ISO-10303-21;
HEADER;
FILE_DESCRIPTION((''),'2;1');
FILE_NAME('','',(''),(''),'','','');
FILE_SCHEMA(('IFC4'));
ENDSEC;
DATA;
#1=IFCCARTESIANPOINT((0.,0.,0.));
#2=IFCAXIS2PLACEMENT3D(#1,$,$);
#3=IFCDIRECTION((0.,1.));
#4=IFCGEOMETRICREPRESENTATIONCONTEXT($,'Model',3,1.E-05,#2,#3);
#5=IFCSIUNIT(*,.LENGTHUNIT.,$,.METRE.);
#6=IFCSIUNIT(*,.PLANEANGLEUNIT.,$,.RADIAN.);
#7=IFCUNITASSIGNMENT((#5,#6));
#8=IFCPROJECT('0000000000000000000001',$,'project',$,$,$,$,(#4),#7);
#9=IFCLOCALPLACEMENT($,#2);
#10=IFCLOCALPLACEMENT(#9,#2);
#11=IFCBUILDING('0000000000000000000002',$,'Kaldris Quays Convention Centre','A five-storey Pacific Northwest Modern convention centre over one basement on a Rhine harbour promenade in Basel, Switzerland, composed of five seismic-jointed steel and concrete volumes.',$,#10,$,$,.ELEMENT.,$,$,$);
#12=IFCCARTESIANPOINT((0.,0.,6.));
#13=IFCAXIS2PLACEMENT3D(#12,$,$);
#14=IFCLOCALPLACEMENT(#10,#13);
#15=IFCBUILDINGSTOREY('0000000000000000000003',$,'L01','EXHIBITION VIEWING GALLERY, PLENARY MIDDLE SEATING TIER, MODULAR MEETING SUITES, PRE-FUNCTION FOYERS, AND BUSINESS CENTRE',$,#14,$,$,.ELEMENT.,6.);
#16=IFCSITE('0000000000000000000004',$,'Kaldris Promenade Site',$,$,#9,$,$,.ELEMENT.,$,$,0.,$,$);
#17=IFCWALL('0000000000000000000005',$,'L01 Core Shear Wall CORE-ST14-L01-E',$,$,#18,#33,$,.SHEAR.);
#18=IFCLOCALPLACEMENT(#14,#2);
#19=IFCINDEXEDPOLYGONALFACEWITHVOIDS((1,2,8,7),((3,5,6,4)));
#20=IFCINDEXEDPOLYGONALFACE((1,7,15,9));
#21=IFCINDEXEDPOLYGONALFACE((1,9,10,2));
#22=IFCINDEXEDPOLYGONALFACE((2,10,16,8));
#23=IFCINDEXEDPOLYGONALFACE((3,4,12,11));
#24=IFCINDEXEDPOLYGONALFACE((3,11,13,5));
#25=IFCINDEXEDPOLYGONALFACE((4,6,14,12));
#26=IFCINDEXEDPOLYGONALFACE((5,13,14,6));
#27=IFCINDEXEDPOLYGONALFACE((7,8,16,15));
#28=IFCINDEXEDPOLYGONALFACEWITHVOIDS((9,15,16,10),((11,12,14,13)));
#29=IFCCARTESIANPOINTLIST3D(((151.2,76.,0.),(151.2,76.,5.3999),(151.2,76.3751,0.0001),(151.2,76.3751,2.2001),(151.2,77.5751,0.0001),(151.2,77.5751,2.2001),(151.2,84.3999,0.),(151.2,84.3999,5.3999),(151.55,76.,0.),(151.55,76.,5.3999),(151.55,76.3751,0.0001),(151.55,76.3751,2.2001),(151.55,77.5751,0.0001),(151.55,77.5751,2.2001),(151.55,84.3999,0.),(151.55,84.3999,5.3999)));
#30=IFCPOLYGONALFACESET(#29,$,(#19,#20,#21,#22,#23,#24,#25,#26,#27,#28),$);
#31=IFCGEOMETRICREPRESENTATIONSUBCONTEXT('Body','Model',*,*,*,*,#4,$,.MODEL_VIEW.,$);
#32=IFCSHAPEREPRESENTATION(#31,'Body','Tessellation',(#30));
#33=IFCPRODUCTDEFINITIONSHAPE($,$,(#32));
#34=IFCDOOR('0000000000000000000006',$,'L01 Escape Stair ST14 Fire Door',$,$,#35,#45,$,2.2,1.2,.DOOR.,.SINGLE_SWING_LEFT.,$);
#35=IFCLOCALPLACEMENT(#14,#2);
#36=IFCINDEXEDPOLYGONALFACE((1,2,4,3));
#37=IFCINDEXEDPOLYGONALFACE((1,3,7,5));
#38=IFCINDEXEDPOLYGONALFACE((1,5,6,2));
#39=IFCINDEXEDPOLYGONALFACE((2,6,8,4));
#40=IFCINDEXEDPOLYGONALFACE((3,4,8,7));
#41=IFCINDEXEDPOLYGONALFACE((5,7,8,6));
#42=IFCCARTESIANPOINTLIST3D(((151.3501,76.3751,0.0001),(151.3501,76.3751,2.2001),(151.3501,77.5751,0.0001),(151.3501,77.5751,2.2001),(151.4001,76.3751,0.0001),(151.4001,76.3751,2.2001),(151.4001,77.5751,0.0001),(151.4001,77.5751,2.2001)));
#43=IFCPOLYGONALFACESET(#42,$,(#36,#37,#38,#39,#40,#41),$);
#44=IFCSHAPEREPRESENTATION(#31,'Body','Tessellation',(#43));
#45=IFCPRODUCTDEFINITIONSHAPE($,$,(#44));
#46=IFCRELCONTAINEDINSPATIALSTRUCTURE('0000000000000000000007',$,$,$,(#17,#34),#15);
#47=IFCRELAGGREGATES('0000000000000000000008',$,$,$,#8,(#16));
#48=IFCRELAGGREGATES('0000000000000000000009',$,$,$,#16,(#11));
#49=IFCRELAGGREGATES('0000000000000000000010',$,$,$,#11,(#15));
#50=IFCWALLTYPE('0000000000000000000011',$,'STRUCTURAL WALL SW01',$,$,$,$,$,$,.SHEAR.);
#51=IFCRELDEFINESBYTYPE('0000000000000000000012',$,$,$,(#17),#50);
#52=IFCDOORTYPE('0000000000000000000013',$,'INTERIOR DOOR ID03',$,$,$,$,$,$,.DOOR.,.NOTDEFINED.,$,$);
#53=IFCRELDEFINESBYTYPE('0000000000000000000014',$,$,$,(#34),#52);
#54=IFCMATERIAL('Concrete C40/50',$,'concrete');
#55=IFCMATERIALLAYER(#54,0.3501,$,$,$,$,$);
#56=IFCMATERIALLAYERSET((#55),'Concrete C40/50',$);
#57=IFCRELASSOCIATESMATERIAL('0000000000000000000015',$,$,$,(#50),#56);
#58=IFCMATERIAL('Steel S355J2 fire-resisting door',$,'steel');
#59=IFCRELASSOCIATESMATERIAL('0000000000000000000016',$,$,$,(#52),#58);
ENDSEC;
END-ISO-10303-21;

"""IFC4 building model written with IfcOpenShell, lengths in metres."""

from ifc_helpers import new_model, si_unit, direction, frame, frame_2d, origin, place, context, subcontext, project, spatial, rectangle, extrude, material, layer, layer_set, type_object, element, fill, save


model = new_model("IFC4")

# Units and contexts
model_context = context("Model", 3, precision=1e-05, world=origin(), true_north=direction((0.0, 1.0)))
body_context = subcontext(model_context, "Body", "Model", "MODEL_VIEW")
ifc_project = project(units=[si_unit("LENGTHUNIT", "METRE"), si_unit("PLANEANGLEUNIT", "RADIAN")], contexts=[model_context])

# Site, building, storey
site_placement = place(None, origin())
site = spatial("IfcSite", under=ifc_project, at=site_placement, Name="Kaldris Promenade Site", CompositionType="ELEMENT", RefElevation=0.0)
building_placement = place(site_placement, origin())
building = spatial("IfcBuilding", under=site, at=building_placement, Name="Kaldris Quays Convention Centre", Description="A five-storey Pacific Northwest Modern convention centre over one basement on a Rhine harbour promenade in Basel, Switzerland, composed of five seismic-jointed steel and concrete volumes.", CompositionType="ELEMENT")
storey_placement = place(building_placement, frame((0.0, 0.0, 6.0)))
storey = spatial("IfcBuildingStorey", under=building, at=storey_placement, Name="L01", Description="EXHIBITION VIEWING GALLERY, PLENARY MIDDLE SEATING TIER, MODULAR MEETING SUITES, PRE-FUNCTION FOYERS, AND BUSINESS CENTRE", CompositionType="ELEMENT", Elevation=6.0)

# Shared definitions
ifc_material_1 = material(Name="Concrete C40/50", Category="concrete")
ifc_layer_1 = layer(ifc_material_1, 0.3501)
ifc_layer_set_1 = layer_set([ifc_layer_1], Name="Concrete C40/50")
wall_type_1 = type_object("IfcWallType", Name="STRUCTURAL WALL SW01", PredefinedType="SHEAR", material=ifc_layer_set_1)

# Wall, opening, door
wall_1_placement = place(storey_placement, frame((151.375, 76.0, 0.0), z_axis=(0.0, 0.0, 1.0), x_axis=(0.0, 1.0, 0.0)))
wall_1 = element("IfcWall", 1, at=wall_1_placement, inside=storey, type_object=wall_type_1, Name="L01 Core Shear Wall CORE-ST14-L01-E", PredefinedType="SHEAR", context=body_context, shape_type="SweptSolid", body=[
    extrude(rectangle(XDim=8.3999, YDim=0.3501, at=frame_2d((4.2, 0.0))), origin(), (0.0, 0.0, 1.0), 5.3999),
])
opening_1_placement = place(wall_1_placement, frame((0.375, 0.0, 0.0)))
opening_1 = element("IfcOpeningElement", 2, at=opening_1_placement, cuts=wall_1, PredefinedType="OPENING", context=body_context, shape_type="SweptSolid", body=[
    extrude(rectangle(XDim=1.2, YDim=2.2, at=frame_2d((0.6001, 1.1001))), frame((0.0, 0.1851, 0.0), z_axis=(0.0, -1.0, 0.0), x_axis=(1.0, 0.0, 0.0)), (0.0, 0.0, 1.0), 0.3701),
])
ifc_material_2 = material(Name="Steel S355J2 fire-resisting door", Category="steel")
door_type = type_object("IfcDoorType", Name="INTERIOR DOOR ID03", OperationType="NOTDEFINED", PredefinedType="DOOR", material=ifc_material_2)
door_placement = place(opening_1_placement, origin())
door = element("IfcDoor", 3, at=door_placement, inside=storey, type_object=door_type, Name="L01 Escape Stair ST14 Fire Door", OperationType="SINGLE_SWING_LEFT", OverallHeight=2.2, OverallWidth=1.2, PredefinedType="DOOR", context=body_context, shape_type="SweptSolid", body=[
    extrude(rectangle(XDim=1.2, YDim=2.2, at=frame_2d((0.6001, 1.1001))), frame((0.0, 0.0249, 0.0), z_axis=(0.0, -1.0, 0.0), x_axis=(1.0, 0.0, 0.0)), (0.0, 0.0, 1.0), 0.05),
])
fill(opening_1, door)

save(model, "model.ifc")
